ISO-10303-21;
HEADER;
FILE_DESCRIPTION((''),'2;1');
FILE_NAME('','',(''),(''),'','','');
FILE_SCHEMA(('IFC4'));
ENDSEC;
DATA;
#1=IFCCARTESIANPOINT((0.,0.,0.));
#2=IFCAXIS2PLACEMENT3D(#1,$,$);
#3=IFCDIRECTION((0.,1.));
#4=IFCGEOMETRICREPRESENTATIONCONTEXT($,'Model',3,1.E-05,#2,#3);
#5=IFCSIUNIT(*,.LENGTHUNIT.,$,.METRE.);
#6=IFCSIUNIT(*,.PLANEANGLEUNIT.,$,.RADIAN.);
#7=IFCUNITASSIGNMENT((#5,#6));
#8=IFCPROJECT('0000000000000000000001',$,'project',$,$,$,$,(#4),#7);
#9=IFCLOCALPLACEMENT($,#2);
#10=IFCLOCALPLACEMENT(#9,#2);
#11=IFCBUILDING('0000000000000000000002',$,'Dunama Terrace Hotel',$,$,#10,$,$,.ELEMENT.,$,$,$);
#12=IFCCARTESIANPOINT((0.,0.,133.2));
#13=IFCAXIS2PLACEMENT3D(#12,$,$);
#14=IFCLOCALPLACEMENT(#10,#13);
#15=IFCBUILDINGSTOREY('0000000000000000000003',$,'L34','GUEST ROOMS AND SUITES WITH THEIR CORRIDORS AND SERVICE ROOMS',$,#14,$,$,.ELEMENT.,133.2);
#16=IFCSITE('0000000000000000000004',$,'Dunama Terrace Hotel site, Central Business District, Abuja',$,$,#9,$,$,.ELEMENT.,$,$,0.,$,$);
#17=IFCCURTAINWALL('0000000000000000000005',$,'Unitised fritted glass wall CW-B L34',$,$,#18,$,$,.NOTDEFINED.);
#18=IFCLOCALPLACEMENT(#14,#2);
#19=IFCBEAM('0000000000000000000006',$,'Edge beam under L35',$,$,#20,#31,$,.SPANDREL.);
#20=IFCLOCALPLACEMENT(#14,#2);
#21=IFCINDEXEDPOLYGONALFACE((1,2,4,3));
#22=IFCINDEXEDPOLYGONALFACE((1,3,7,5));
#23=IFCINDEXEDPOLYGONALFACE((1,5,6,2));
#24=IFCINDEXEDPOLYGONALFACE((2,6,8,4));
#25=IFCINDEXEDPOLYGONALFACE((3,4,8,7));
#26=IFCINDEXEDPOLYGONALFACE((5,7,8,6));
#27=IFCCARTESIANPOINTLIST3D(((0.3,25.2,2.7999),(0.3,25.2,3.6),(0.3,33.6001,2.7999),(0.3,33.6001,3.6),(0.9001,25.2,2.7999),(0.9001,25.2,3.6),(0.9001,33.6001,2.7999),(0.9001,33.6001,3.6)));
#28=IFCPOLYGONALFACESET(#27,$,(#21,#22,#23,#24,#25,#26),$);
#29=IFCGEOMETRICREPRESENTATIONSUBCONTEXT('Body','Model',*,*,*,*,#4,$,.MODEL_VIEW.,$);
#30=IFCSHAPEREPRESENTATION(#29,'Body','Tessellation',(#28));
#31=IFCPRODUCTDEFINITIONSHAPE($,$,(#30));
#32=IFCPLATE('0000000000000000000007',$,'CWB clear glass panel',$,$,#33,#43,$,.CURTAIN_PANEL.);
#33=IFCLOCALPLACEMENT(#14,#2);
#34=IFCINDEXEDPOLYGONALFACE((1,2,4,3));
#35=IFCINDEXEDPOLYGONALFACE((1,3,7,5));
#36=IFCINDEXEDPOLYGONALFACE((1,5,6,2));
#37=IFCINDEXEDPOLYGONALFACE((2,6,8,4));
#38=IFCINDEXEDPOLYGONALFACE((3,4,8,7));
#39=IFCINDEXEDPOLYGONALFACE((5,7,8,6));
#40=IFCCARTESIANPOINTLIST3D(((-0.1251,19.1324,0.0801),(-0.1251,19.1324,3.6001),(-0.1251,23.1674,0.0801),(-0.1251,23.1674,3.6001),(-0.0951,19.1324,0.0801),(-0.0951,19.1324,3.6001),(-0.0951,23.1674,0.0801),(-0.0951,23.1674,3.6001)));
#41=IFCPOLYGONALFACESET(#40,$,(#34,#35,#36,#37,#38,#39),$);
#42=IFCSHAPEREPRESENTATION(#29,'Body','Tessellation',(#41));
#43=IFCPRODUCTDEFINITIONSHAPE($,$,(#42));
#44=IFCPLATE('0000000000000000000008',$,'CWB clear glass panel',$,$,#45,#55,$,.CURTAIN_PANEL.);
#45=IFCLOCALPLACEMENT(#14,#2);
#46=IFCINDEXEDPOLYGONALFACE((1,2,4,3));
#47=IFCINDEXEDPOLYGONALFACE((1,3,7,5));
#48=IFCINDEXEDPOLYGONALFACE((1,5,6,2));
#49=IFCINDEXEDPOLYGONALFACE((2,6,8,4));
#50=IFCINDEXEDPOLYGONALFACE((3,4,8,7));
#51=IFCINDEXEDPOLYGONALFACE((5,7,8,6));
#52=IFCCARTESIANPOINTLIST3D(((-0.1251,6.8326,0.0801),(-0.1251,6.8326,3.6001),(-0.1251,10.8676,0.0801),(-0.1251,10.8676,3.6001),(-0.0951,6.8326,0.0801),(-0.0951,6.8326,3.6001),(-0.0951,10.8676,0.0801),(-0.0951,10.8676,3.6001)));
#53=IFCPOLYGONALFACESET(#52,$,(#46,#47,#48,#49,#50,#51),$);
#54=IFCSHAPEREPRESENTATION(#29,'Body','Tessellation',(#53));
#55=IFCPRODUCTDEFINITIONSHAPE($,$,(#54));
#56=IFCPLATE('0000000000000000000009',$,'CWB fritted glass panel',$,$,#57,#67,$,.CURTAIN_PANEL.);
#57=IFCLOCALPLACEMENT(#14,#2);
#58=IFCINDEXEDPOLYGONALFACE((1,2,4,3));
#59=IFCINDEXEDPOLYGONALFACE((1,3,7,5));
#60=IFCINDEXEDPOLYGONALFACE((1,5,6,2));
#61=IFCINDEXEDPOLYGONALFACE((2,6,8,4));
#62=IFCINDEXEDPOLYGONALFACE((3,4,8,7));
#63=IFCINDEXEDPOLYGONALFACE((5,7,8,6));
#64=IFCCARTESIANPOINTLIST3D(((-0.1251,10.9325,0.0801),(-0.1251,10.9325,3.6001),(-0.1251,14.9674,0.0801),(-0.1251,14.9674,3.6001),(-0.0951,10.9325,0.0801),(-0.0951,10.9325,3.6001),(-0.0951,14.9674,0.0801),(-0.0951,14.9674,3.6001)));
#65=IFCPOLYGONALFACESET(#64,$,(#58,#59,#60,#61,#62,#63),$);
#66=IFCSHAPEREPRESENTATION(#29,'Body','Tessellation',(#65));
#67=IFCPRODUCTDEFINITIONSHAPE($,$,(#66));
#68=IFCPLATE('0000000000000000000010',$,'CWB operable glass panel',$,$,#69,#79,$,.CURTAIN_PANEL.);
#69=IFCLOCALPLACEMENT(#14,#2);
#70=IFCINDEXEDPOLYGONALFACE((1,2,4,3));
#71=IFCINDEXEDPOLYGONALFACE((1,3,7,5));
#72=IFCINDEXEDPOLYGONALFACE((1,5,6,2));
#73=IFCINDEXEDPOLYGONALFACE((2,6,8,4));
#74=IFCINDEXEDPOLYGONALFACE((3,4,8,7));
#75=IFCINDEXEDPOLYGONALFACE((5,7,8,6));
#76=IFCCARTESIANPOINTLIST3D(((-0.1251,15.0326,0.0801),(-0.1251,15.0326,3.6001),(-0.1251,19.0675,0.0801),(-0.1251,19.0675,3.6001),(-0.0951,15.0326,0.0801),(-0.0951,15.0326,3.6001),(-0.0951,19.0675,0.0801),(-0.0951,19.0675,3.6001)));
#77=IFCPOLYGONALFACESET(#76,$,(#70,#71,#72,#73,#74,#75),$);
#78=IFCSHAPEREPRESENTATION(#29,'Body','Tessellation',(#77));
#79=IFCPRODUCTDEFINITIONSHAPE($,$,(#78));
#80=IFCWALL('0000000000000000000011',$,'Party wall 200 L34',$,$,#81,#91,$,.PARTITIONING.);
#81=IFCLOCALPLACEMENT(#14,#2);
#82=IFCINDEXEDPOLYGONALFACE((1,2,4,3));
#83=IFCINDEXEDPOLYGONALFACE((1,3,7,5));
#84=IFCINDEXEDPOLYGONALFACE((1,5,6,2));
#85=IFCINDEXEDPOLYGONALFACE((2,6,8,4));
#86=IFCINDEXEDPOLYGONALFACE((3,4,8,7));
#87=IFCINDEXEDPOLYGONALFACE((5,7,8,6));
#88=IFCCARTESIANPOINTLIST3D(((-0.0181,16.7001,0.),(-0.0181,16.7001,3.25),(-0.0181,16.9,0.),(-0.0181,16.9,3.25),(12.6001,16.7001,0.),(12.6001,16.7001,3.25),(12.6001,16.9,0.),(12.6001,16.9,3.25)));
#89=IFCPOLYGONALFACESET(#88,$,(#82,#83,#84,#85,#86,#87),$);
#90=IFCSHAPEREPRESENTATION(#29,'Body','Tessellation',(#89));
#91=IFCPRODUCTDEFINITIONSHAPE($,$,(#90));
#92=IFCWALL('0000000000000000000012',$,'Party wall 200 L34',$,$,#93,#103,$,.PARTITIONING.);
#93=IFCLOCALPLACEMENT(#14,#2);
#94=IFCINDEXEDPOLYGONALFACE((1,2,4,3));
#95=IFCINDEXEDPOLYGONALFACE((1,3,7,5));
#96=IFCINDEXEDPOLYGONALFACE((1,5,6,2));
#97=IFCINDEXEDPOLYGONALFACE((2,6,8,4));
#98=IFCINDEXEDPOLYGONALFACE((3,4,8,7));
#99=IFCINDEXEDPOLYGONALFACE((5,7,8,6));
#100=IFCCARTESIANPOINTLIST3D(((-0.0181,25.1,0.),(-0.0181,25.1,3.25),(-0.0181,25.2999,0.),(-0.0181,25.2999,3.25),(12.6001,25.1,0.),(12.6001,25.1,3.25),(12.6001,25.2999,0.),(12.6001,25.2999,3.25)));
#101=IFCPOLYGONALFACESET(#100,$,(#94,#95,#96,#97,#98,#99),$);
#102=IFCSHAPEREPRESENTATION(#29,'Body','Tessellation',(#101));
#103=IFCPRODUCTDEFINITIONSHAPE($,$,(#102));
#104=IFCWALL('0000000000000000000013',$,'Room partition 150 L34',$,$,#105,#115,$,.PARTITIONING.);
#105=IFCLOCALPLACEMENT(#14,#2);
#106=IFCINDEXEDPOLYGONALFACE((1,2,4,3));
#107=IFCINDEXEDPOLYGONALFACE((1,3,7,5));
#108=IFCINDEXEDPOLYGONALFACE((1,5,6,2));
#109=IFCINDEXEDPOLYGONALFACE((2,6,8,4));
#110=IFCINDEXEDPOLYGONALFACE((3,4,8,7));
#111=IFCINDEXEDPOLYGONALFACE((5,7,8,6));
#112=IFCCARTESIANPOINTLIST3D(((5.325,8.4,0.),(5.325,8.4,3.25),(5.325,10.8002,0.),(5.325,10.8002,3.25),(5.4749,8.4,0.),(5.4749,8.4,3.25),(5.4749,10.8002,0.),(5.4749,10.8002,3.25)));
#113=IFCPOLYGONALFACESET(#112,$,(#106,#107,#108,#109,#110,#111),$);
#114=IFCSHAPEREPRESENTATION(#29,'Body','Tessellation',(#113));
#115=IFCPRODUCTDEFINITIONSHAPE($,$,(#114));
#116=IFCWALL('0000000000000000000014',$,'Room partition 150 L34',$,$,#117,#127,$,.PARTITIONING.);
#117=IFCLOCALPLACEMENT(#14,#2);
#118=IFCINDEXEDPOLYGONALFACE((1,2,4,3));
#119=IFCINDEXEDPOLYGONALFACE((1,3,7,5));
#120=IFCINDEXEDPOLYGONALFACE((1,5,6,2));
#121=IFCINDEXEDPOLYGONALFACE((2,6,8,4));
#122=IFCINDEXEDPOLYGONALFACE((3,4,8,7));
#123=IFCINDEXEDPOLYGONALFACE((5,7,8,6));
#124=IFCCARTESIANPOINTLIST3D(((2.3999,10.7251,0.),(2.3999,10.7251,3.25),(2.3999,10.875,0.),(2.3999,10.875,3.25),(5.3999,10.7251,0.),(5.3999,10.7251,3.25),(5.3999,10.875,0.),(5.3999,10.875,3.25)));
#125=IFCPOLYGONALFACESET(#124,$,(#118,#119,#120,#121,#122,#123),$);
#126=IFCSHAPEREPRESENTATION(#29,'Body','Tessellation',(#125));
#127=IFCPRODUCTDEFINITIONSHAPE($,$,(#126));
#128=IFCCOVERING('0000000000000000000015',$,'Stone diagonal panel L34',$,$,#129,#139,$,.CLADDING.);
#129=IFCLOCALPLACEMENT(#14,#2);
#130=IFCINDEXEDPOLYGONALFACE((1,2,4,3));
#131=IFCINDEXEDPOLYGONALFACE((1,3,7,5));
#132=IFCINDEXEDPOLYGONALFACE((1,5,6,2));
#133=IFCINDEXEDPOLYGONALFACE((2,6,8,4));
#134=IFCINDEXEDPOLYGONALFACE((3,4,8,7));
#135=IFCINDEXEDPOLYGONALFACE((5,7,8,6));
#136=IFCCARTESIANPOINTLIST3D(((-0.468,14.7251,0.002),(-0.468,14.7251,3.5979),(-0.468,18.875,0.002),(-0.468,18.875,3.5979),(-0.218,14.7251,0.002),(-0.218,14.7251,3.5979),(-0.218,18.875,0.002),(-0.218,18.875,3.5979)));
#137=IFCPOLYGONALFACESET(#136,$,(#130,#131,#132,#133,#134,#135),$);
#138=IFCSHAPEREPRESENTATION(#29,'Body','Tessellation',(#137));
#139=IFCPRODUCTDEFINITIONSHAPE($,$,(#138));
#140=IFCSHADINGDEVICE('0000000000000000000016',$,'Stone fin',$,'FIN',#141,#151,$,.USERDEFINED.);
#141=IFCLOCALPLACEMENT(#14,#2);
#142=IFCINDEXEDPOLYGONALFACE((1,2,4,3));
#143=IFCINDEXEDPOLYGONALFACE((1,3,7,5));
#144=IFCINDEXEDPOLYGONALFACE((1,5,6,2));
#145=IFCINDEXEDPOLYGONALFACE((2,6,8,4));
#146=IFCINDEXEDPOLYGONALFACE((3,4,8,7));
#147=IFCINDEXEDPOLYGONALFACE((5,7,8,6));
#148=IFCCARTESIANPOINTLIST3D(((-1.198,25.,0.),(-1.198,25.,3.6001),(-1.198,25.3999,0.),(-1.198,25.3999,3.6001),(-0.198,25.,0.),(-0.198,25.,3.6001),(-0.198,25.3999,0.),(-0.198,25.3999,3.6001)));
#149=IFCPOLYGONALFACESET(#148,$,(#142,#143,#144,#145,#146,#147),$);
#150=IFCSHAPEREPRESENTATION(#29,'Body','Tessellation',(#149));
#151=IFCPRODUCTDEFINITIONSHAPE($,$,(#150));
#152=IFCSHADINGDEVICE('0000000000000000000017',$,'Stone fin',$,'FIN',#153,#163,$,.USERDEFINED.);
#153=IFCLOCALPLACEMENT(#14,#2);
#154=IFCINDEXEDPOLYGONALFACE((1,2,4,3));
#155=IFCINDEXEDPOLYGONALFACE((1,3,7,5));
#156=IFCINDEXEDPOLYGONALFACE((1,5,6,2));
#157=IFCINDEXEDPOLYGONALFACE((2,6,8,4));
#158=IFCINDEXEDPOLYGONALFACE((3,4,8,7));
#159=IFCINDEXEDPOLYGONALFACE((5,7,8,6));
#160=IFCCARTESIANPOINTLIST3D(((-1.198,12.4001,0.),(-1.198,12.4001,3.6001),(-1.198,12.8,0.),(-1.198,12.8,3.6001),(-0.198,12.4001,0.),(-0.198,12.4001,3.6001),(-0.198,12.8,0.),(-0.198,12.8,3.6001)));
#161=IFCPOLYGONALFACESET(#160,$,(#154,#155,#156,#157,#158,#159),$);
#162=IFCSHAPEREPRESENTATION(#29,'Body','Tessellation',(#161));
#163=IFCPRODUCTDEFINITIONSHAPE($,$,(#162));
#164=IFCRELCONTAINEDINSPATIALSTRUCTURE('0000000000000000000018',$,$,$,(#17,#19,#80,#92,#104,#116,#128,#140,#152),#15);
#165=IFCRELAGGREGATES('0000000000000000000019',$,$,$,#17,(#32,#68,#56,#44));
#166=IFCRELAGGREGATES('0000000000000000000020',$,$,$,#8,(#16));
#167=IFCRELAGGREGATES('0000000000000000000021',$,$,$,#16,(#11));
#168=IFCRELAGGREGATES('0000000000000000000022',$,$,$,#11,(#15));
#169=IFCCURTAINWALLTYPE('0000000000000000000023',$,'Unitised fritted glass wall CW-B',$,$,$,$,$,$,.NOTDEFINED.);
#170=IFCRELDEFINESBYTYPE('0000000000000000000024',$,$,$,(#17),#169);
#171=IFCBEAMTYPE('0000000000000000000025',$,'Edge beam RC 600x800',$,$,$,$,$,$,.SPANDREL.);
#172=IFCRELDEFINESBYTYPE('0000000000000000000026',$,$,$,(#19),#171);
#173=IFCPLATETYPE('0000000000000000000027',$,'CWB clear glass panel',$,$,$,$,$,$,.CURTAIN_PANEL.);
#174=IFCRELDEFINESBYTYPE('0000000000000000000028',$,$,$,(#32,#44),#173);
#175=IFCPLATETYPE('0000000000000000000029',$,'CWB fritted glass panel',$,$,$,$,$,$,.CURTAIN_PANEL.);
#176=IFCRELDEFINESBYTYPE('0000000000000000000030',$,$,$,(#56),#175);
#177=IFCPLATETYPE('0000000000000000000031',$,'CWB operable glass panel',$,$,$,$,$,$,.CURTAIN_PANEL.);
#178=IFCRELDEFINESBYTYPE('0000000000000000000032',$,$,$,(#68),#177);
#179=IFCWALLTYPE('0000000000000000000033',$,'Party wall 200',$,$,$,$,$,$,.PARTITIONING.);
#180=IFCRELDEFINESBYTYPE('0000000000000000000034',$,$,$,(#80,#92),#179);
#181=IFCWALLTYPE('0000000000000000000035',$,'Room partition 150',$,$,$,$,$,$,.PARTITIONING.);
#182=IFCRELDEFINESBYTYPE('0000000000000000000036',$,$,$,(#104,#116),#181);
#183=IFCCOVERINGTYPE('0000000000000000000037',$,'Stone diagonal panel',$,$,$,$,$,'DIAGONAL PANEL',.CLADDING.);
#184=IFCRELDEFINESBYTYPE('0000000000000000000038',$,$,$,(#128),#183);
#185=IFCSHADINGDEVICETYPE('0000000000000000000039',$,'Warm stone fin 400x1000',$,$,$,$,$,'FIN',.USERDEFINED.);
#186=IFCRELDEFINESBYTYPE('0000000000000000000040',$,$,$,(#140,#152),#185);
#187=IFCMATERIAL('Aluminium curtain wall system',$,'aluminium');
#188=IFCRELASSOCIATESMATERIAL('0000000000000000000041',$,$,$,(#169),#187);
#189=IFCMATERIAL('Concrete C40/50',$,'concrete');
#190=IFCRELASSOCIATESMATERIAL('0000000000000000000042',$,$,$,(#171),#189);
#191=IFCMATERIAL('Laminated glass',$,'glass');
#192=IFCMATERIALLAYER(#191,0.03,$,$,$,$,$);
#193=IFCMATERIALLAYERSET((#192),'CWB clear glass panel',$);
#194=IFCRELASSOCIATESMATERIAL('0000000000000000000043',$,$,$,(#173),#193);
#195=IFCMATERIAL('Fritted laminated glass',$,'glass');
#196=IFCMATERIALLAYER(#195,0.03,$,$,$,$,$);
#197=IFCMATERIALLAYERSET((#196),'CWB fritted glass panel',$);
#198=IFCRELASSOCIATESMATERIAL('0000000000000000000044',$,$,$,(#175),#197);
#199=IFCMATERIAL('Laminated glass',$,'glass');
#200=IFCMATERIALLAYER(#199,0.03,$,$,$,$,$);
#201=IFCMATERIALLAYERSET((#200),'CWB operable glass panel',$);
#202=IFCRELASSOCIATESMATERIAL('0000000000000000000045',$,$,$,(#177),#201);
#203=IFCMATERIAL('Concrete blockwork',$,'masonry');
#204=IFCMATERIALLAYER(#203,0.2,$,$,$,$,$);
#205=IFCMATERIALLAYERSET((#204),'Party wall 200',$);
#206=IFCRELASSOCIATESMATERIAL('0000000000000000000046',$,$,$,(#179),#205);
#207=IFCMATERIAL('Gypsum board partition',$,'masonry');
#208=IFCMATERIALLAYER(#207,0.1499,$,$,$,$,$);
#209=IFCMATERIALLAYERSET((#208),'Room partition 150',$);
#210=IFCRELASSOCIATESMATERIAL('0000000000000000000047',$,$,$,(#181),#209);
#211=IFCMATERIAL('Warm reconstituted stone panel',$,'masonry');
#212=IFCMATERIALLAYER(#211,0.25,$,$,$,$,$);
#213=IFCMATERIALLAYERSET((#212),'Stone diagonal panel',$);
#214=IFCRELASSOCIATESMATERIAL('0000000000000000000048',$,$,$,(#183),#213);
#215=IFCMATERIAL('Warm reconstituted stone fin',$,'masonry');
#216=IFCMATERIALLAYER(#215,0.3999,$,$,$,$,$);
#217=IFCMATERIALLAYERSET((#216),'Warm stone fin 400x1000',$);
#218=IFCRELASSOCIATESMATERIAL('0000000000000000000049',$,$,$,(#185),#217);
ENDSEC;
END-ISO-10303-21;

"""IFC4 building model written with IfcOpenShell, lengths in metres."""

from ifc_helpers import new_model, si_unit, direction, frame, frame_2d, origin, origin_2d, place, context, subcontext, project, spatial, rectangle, extrude, material, layer, layer_set, material_profile, profile_set, type_object, element, aggregate, save


model = new_model("IFC4")

# Units and contexts
model_context = context("Model", 3, precision=1e-05, world=origin(), true_north=direction((0.0, 1.0)))
body_context = subcontext(model_context, "Body", "Model", "MODEL_VIEW")
ifc_project = project(units=[si_unit("LENGTHUNIT", "METRE"), si_unit("PLANEANGLEUNIT", "RADIAN")], contexts=[model_context])

# Site, building, storey
site_placement = place(None, origin())
site = spatial("IfcSite", under=ifc_project, at=site_placement, Name="Dunama Terrace Hotel site, Central Business District, Abuja", CompositionType="ELEMENT", RefElevation=0.0)
building_placement = place(site_placement, origin())
building = spatial("IfcBuilding", under=site, at=building_placement, Name="Dunama Terrace Hotel", CompositionType="ELEMENT")
storey_placement = place(building_placement, frame((0.0, 0.0, 133.2)))
storey = spatial("IfcBuildingStorey", under=building, at=storey_placement, Name="L34", Description="GUEST ROOMS AND SUITES WITH THEIR CORRIDORS AND SERVICE ROOMS", CompositionType="ELEMENT", Elevation=133.2)

# Curtain wall
ifc_material_1 = material(Name="Aluminium curtain wall system", Category="aluminium")
curtain_wall_type = type_object("IfcCurtainWallType", Name="Unitised fritted glass wall CW-B", PredefinedType="NOTDEFINED", material=ifc_material_1)
curtain_wall_placement = place(storey_placement, origin())
curtain_wall = element("IfcCurtainWall", 1, at=curtain_wall_placement, inside=storey, type_object=curtain_wall_type, Name="Unitised fritted glass wall CW-B L34", PredefinedType="NOTDEFINED")

# Beam
ifc_material_2 = material(Name="Concrete C40/50", Category="concrete")
ifc_material_profile_1 = material_profile(ifc_material_2, rectangle(XDim=0.6001, YDim=0.8, at=origin_2d()), Name="RC 600x800")
ifc_profile_set_1 = profile_set([ifc_material_profile_1], Name="Concrete C40/50")
beam_type = type_object("IfcBeamType", Name="Edge beam RC 600x800", PredefinedType="SPANDREL", material=ifc_profile_set_1)
beam_1_placement = place(storey_placement, frame((0.6001, 25.2, 3.2), z_axis=(0.0, 1.0, 0.0), x_axis=(-1.0, 0.0, 0.0)))
element("IfcBeam", 2, at=beam_1_placement, inside=storey, type_object=beam_type, Name="Edge beam under L35", PredefinedType="SPANDREL", context=body_context, shape_type="SweptSolid", body=[
    extrude(rectangle(XDim=0.6001, YDim=0.8, at=origin_2d()), origin(), (0.0, 0.0, 1.0), 8.4001),
])

# Plates
ifc_material_3 = material(Name="Laminated glass", Category="glass")
ifc_layer_1 = layer(ifc_material_3, 0.03)
ifc_layer_set_1 = layer_set([ifc_layer_1], Name="CWB clear glass panel")
plate_type_1 = type_object("IfcPlateType", Name="CWB clear glass panel", PredefinedType="CURTAIN_PANEL", material=ifc_layer_set_1)
plate_1_placement = place(storey_placement, frame((-0.1101, 21.1499, 0.0801), z_axis=(0.0, 0.0, 1.0), x_axis=(0.0, -1.0, 0.0)))
plate_1 = element("IfcPlate", 3, at=plate_1_placement, type_object=plate_type_1, Name="CWB clear glass panel", PredefinedType="CURTAIN_PANEL", context=body_context, shape_type="SweptSolid", body=[
    extrude(rectangle(XDim=4.0349, YDim=0.03, at=origin_2d()), origin(), (0.0, 0.0, 1.0), 3.52),
])
plate_2_placement = place(storey_placement, frame((-0.1101, 8.8501, 0.0801), z_axis=(0.0, 0.0, 1.0), x_axis=(0.0, -1.0, 0.0)))
plate_2 = element("IfcPlate", 4, at=plate_2_placement, type_object=plate_type_1, Name="CWB clear glass panel", PredefinedType="CURTAIN_PANEL", context=body_context, shape_type="SweptSolid", body=[
    extrude(rectangle(XDim=4.0349, YDim=0.03, at=origin_2d()), origin(), (0.0, 0.0, 1.0), 3.52),
])
ifc_material_4 = material(Name="Fritted laminated glass", Category="glass")
ifc_layer_2 = layer(ifc_material_4, 0.03)
ifc_layer_set_2 = layer_set([ifc_layer_2], Name="CWB fritted glass panel")
plate_type_2 = type_object("IfcPlateType", Name="CWB fritted glass panel", PredefinedType="CURTAIN_PANEL", material=ifc_layer_set_2)
plate_3_placement = place(storey_placement, frame((-0.1101, 12.95, 0.0801), z_axis=(0.0, 0.0, 1.0), x_axis=(0.0, -1.0, 0.0)))
plate_3 = element("IfcPlate", 5, at=plate_3_placement, type_object=plate_type_2, Name="CWB fritted glass panel", PredefinedType="CURTAIN_PANEL", context=body_context, shape_type="SweptSolid", body=[
    extrude(rectangle(XDim=4.0349, YDim=0.03, at=origin_2d()), origin(), (0.0, 0.0, 1.0), 3.52),
])
ifc_material_5 = material(Name="Laminated glass", Category="glass")
ifc_layer_3 = layer(ifc_material_5, 0.03)
ifc_layer_set_3 = layer_set([ifc_layer_3], Name="CWB operable glass panel")
plate_type_3 = type_object("IfcPlateType", Name="CWB operable glass panel", PredefinedType="CURTAIN_PANEL", material=ifc_layer_set_3)
plate_4_placement = place(storey_placement, frame((-0.1101, 17.05, 0.0801), z_axis=(0.0, 0.0, 1.0), x_axis=(0.0, -1.0, 0.0)))
plate_4 = element("IfcPlate", 6, at=plate_4_placement, type_object=plate_type_3, Name="CWB operable glass panel", PredefinedType="CURTAIN_PANEL", context=body_context, shape_type="SweptSolid", body=[
    extrude(rectangle(XDim=4.0349, YDim=0.03, at=origin_2d()), origin(), (0.0, 0.0, 1.0), 3.52),
])
aggregate(curtain_wall, [plate_1, plate_4, plate_3, plate_2])

# Walls
ifc_material_6 = material(Name="Concrete blockwork", Category="masonry")
ifc_layer_4 = layer(ifc_material_6, 0.2)
ifc_layer_set_4 = layer_set([ifc_layer_4], Name="Party wall 200")
wall_type_1 = type_object("IfcWallType", Name="Party wall 200", PredefinedType="PARTITIONING", material=ifc_layer_set_4)
for number, where, z_axis, x_axis, name in (
    (7, (-0.0181, 16.8, 0.0), (0.0, 0.0, 1.0), (1.0, 0.0, 0.0), "Party wall 200 L34"),
    (8, (-0.0181, 25.2, 0.0), (0.0, 0.0, 1.0), (1.0, 0.0, 0.0), "Party wall 200 L34"),
):
    element("IfcWall", number, at=place(storey_placement, frame(where, z_axis=z_axis, x_axis=x_axis)), inside=storey, type_object=wall_type_1, Name=name, PredefinedType="PARTITIONING", context=body_context, shape_type="SweptSolid", body=[
        extrude(rectangle(XDim=12.6182, YDim=0.2, at=frame_2d((6.3091, 0.0))), origin(), (0.0, 0.0, 1.0), 3.25),
    ])
ifc_material_7 = material(Name="Gypsum board partition", Category="masonry")
ifc_layer_5 = layer(ifc_material_7, 0.1499)
ifc_layer_set_5 = layer_set([ifc_layer_5], Name="Room partition 150")
wall_type_2 = type_object("IfcWallType", Name="Room partition 150", PredefinedType="PARTITIONING", material=ifc_layer_set_5)
wall_1_placement = place(storey_placement, frame((5.3999, 8.3999, 0.0), z_axis=(0.0, 0.0, 1.0), x_axis=(0.0, 1.0, 0.0)))
element("IfcWall", 9, at=wall_1_placement, inside=storey, type_object=wall_type_2, Name="Room partition 150 L34", PredefinedType="PARTITIONING", context=body_context, shape_type="SweptSolid", body=[
    extrude(rectangle(XDim=2.4001, YDim=0.1499, at=frame_2d((1.2002, 0.0))), origin(), (0.0, 0.0, 1.0), 3.25),
])
wall_2_placement = place(storey_placement, frame((2.3999, 10.8, 0.0), z_axis=(0.0, 0.0, 1.0), x_axis=(1.0, 0.0, 0.0)))
element("IfcWall", 10, at=wall_2_placement, inside=storey, type_object=wall_type_2, Name="Room partition 150 L34", PredefinedType="PARTITIONING", context=body_context, shape_type="SweptSolid", body=[
    extrude(rectangle(XDim=3.0, YDim=0.1499, at=frame_2d((1.5, 0.0))), origin(), (0.0, 0.0, 1.0), 3.25),
])

# Covering
ifc_material_8 = material(Name="Warm reconstituted stone panel", Category="masonry")
ifc_layer_6 = layer(ifc_material_8, 0.25)
ifc_layer_set_6 = layer_set([ifc_layer_6], Name="Stone diagonal panel")
covering_type = type_object("IfcCoveringType", Name="Stone diagonal panel", ElementType="DIAGONAL PANEL", PredefinedType="CLADDING", material=ifc_layer_set_6)
covering_placement = place(storey_placement, frame((-0.343, 16.8, 0.002), z_axis=(0.0, 0.0, 1.0), x_axis=(0.0, -1.0, 0.0)))
element("IfcCovering", 11, at=covering_placement, inside=storey, type_object=covering_type, Name="Stone diagonal panel L34", PredefinedType="CLADDING", context=body_context, shape_type="SweptSolid", body=[
    extrude(rectangle(XDim=4.1499, YDim=0.25, at=origin_2d()), origin(), (0.0, 0.0, 1.0), 3.5959),
])

# Shading devices
ifc_material_9 = material(Name="Warm reconstituted stone fin", Category="masonry")
ifc_layer_7 = layer(ifc_material_9, 0.3999)
ifc_layer_set_7 = layer_set([ifc_layer_7], Name="Warm stone fin 400x1000")
shading_device_type = type_object("IfcShadingDeviceType", Name="Warm stone fin 400x1000", ElementType="FIN", PredefinedType="USERDEFINED", material=ifc_layer_set_7)
for number, where, z_axis, x_axis, name in (
    (12, (-0.698, 25.2, 0.0), (0.0, 0.0, 1.0), (0.0, -1.0, 0.0), "Stone fin"),
    (13, (-0.698, 12.6001, 0.0), (0.0, 0.0, 1.0), (0.0, -1.0, 0.0), "Stone fin"),
):
    element("IfcShadingDevice", number, at=place(storey_placement, frame(where, z_axis=z_axis, x_axis=x_axis)), inside=storey, type_object=shading_device_type, Name=name, ObjectType="FIN", PredefinedType="USERDEFINED", context=body_context, shape_type="SweptSolid", body=[
        extrude(rectangle(XDim=0.3999, YDim=1.0, at=origin_2d()), origin(), (0.0, 0.0, 1.0), 3.6001),
    ])

save(model, "model.ifc")
